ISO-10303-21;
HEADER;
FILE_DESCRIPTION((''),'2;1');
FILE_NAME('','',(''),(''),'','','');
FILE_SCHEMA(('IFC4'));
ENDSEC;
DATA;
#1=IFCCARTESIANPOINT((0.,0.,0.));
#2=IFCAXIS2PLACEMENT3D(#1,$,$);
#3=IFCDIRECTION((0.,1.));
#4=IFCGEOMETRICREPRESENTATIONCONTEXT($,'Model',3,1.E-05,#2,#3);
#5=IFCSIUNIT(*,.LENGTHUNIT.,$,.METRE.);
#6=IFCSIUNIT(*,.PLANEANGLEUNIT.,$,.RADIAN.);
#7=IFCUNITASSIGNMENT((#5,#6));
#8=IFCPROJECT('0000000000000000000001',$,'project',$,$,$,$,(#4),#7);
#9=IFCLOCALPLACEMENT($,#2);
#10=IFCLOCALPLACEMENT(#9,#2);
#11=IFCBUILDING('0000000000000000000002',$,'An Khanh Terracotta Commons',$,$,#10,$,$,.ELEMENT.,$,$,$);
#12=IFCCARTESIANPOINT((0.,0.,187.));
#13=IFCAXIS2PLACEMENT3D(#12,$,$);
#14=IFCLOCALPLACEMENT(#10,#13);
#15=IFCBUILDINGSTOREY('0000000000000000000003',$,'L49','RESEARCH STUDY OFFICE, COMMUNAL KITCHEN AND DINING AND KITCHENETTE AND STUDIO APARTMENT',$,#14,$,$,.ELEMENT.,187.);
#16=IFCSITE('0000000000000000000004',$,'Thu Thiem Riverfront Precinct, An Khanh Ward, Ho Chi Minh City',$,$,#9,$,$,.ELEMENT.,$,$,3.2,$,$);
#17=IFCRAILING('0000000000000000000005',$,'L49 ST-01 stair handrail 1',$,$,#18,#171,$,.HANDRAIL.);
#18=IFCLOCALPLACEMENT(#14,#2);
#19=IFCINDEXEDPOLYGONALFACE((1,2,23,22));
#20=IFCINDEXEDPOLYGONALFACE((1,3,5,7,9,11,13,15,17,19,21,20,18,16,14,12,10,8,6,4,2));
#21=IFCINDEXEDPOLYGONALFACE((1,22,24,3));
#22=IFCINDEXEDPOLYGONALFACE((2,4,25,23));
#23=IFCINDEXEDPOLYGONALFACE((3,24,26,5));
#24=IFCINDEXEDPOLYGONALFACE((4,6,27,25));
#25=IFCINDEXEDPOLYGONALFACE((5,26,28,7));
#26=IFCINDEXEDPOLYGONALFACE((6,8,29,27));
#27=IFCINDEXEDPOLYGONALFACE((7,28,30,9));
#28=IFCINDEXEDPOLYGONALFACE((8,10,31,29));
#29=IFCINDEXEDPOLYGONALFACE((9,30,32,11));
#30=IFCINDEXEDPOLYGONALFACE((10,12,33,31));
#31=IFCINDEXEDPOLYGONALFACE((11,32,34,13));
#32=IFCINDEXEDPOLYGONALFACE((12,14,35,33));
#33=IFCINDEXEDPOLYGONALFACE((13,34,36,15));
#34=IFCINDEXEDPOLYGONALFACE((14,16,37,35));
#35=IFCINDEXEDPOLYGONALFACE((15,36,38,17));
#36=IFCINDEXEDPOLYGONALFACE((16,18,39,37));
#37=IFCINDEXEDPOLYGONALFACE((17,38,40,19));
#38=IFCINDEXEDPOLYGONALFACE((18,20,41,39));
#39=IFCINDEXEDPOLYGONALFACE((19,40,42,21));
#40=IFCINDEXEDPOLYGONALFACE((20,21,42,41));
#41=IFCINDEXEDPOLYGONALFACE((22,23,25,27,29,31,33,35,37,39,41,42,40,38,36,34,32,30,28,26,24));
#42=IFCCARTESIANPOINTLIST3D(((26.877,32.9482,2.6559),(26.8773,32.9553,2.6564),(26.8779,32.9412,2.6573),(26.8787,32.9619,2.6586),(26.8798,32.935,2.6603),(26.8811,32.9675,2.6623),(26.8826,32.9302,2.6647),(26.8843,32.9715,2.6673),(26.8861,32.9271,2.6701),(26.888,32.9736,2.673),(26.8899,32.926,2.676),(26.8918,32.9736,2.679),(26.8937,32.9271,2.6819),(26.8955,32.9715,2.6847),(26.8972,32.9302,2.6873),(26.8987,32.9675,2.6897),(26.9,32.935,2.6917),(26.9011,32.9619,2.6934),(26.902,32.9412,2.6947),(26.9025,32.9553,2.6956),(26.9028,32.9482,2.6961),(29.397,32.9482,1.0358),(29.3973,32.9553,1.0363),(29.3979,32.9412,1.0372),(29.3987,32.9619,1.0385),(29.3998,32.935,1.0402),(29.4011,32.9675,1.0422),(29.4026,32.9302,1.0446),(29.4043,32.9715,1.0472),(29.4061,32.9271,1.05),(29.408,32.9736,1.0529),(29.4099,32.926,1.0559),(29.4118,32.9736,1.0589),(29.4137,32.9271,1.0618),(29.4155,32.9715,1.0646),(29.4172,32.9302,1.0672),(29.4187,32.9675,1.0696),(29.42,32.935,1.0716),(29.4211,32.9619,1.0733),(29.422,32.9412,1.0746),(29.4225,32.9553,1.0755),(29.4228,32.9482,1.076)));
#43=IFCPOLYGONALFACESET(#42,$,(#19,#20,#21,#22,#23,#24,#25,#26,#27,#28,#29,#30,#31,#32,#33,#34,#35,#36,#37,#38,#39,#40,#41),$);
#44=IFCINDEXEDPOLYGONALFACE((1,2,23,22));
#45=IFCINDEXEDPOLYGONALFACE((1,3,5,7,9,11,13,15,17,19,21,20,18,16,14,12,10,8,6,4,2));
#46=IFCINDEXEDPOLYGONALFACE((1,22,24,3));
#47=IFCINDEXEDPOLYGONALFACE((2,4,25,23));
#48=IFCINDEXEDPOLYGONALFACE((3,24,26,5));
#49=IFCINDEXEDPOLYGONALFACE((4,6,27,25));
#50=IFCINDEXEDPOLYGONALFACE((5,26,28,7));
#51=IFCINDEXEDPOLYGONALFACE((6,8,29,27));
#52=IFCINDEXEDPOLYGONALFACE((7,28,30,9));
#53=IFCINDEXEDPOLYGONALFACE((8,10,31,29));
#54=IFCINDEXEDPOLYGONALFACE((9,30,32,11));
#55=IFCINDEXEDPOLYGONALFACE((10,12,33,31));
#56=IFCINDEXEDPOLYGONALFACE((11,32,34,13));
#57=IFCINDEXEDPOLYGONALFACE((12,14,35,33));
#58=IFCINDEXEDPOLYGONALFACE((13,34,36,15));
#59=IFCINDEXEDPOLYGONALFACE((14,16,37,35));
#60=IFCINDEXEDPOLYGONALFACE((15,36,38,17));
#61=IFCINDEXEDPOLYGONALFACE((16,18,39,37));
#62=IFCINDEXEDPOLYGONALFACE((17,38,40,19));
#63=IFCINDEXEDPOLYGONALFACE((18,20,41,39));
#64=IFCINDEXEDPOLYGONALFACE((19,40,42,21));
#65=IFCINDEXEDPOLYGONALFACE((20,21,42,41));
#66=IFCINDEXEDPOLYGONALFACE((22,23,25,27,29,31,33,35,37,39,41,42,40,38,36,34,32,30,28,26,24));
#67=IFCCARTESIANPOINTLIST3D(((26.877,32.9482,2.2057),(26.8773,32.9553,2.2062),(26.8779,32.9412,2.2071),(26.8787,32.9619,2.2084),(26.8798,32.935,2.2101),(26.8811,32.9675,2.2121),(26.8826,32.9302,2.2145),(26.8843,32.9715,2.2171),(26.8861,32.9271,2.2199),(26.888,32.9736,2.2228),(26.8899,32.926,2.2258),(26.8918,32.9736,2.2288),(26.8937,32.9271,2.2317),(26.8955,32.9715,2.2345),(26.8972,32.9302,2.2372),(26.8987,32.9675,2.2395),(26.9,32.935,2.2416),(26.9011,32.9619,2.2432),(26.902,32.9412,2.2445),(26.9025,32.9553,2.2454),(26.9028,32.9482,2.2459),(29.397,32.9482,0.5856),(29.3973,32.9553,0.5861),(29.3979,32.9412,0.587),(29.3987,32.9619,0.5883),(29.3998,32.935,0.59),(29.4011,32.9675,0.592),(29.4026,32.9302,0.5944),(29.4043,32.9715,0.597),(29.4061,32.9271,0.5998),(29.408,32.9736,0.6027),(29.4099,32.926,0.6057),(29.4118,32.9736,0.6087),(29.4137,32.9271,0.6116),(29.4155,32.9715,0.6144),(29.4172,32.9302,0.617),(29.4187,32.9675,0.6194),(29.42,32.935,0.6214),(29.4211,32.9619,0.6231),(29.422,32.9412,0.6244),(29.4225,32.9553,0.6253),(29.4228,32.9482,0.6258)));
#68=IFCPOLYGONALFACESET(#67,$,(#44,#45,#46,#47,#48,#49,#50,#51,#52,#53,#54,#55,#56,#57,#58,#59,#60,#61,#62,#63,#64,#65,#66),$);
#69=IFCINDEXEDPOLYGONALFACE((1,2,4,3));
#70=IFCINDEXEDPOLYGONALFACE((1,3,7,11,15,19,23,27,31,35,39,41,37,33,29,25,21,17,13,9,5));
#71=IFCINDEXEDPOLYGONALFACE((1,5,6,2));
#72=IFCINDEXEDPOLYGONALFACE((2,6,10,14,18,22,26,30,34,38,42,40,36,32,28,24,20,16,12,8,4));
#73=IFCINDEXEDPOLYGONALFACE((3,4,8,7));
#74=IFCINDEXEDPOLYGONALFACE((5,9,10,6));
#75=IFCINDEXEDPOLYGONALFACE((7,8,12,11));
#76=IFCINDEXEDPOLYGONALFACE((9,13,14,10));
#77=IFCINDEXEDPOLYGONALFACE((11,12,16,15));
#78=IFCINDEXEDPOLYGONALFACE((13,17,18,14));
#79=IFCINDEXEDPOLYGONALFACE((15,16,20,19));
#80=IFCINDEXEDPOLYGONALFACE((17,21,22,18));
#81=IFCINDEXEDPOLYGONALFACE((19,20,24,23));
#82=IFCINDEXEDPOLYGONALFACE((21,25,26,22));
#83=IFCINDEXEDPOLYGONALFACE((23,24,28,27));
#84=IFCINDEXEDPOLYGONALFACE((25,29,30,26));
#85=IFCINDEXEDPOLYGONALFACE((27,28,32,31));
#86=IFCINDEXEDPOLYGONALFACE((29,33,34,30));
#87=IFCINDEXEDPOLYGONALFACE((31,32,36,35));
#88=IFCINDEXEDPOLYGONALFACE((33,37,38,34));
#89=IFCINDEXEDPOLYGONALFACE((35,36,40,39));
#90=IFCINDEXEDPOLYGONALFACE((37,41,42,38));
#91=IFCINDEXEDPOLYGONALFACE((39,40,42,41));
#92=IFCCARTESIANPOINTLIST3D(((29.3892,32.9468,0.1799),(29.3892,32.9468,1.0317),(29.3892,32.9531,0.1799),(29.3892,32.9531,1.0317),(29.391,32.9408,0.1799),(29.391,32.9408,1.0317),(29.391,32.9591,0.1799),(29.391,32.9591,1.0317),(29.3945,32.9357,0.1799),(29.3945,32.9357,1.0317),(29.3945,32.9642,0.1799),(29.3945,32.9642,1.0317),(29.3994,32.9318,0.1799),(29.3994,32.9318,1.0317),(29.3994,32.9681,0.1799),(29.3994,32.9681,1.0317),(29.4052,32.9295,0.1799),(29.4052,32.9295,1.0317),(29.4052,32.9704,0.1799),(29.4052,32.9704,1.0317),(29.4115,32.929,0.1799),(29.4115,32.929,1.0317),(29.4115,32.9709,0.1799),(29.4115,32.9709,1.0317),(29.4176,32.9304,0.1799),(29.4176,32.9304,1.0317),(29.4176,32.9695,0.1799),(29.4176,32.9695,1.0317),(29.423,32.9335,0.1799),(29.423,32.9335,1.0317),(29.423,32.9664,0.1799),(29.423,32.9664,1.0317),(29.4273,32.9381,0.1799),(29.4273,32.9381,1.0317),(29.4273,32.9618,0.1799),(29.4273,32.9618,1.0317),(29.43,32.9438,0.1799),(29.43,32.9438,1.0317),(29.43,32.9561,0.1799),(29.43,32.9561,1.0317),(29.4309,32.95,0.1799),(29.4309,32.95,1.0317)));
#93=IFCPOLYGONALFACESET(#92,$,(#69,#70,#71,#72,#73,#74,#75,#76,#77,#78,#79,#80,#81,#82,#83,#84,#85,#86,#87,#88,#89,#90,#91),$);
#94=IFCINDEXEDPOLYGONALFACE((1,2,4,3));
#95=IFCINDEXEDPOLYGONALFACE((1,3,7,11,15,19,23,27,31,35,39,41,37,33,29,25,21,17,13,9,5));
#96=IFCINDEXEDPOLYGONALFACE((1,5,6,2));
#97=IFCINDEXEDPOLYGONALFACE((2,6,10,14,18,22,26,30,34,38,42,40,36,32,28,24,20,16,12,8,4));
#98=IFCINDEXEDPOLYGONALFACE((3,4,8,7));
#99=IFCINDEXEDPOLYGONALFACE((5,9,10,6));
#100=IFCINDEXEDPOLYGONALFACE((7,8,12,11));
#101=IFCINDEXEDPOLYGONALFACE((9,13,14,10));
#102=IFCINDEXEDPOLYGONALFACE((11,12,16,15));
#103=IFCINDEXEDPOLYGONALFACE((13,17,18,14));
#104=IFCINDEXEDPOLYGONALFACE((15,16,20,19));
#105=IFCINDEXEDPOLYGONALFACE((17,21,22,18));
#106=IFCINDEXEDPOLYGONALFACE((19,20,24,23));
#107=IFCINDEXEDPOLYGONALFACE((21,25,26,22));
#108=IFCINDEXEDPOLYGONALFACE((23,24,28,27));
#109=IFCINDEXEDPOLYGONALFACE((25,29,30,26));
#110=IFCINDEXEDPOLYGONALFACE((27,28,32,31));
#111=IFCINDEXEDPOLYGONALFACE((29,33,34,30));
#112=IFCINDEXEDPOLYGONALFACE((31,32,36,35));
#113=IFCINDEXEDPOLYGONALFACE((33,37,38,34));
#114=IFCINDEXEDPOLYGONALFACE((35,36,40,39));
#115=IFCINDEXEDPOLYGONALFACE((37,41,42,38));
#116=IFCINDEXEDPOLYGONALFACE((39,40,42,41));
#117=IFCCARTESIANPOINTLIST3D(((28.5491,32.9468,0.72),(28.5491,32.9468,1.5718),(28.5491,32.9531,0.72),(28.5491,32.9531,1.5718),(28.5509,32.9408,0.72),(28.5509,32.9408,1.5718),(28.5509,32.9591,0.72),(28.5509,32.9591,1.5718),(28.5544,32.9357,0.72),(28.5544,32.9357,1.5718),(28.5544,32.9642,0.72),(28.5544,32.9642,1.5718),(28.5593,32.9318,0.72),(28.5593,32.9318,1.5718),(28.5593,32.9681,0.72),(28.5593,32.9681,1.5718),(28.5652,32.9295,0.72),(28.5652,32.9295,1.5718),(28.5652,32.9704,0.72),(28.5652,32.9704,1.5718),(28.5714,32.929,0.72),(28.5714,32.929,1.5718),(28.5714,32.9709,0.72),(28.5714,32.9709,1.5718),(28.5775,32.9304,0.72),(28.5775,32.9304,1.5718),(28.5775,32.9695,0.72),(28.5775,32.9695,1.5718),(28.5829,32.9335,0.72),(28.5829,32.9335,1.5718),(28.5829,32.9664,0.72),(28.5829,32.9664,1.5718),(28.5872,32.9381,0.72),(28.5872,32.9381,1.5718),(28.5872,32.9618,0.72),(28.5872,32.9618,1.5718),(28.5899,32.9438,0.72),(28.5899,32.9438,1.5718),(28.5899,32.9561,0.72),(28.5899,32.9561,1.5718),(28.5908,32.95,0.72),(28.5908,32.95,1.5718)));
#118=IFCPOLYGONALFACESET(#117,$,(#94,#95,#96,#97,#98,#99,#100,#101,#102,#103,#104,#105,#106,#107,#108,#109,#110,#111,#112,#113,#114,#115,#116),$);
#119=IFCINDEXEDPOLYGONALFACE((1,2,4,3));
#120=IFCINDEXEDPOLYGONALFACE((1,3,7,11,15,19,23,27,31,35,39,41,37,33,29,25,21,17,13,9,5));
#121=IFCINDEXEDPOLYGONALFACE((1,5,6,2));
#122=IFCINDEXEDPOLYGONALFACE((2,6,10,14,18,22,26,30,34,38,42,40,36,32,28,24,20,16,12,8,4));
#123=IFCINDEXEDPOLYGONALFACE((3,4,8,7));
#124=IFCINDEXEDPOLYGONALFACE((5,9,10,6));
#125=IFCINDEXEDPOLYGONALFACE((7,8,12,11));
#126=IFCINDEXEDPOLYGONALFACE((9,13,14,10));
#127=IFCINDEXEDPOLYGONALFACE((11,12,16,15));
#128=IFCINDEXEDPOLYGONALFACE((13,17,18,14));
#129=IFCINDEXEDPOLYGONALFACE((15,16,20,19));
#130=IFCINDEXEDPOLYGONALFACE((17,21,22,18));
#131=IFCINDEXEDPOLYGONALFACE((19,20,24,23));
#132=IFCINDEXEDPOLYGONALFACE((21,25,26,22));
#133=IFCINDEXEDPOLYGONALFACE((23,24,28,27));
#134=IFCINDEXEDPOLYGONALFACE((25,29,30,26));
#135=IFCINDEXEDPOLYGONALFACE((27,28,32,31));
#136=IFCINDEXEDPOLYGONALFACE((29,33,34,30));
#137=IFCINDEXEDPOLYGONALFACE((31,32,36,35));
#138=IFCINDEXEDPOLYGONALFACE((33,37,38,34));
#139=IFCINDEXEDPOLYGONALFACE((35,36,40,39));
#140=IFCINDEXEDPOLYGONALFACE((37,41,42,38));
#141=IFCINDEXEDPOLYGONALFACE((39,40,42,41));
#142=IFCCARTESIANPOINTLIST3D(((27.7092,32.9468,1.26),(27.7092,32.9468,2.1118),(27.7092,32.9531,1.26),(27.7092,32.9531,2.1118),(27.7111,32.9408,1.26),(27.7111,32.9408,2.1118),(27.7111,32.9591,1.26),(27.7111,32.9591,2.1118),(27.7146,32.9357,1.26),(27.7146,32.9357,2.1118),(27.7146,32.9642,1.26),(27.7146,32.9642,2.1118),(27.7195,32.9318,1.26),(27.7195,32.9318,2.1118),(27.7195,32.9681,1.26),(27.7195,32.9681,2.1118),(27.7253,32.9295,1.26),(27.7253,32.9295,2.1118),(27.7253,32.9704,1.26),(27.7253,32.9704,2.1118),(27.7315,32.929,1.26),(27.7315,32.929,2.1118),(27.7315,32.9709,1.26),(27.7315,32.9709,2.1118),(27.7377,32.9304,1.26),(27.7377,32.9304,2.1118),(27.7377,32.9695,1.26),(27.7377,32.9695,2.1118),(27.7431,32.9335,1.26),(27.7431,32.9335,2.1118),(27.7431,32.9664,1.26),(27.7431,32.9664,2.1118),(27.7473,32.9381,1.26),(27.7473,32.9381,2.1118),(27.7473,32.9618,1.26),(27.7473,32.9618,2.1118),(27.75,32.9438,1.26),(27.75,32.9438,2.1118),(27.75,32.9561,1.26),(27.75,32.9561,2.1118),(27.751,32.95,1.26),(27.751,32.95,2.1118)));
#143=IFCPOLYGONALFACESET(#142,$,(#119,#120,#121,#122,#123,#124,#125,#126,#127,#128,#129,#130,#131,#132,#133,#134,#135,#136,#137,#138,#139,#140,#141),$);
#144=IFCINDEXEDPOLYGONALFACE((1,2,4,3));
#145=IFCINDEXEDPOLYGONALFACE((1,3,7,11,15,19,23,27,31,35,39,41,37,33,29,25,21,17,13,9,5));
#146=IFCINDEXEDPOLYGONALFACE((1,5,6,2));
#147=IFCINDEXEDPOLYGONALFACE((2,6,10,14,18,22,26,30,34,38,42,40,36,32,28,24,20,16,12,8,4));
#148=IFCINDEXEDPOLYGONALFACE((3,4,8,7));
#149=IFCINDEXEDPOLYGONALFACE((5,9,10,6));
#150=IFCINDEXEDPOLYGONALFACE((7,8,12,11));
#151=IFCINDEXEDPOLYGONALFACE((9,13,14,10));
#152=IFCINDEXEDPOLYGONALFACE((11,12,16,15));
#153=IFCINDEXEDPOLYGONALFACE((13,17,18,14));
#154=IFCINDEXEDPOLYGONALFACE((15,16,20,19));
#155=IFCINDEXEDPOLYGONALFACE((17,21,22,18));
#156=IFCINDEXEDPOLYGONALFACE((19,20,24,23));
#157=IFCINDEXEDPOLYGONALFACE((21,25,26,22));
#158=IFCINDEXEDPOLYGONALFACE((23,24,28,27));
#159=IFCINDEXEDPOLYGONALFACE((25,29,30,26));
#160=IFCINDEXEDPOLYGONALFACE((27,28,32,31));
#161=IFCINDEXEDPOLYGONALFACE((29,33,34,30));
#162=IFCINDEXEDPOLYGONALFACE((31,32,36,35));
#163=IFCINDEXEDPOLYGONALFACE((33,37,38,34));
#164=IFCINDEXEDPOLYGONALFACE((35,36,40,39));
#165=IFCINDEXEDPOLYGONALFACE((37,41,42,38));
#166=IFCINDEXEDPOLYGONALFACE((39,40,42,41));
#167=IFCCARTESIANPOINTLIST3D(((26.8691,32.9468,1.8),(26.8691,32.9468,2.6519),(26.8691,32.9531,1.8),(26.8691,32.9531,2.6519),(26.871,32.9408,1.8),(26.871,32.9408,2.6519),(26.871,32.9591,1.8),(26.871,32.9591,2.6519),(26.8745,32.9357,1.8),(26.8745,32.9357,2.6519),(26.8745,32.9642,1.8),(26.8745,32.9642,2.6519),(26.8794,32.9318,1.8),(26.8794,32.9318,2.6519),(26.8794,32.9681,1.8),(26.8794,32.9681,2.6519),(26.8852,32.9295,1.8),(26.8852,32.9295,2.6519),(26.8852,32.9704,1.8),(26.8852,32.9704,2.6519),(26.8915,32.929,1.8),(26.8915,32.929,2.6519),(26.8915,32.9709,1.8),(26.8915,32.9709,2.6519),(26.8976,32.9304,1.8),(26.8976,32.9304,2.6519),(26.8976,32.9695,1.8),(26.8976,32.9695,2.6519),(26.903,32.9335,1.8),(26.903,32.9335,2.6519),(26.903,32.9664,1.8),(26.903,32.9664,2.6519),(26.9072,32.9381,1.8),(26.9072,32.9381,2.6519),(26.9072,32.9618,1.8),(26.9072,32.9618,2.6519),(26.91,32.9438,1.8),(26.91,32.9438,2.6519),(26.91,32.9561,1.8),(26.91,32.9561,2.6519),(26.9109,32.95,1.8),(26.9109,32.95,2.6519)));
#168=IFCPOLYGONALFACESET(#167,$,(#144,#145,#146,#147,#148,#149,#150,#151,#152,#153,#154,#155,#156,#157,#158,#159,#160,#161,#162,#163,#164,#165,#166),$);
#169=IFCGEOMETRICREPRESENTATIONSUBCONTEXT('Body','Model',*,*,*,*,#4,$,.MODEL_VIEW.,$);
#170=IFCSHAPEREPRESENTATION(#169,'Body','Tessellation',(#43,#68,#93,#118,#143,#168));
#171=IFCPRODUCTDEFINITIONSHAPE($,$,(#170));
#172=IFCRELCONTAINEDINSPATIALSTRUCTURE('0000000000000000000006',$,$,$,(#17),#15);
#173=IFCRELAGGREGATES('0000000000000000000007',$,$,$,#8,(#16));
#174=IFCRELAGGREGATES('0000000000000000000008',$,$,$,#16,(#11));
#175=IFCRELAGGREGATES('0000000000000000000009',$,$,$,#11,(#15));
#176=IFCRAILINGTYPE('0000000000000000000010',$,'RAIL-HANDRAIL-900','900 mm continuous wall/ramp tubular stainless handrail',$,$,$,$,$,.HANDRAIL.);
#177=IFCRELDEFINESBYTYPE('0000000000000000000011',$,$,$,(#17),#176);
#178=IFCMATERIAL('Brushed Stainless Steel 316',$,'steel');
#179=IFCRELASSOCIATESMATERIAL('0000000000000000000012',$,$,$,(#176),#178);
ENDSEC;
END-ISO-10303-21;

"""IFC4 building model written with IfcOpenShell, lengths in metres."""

from ifc_helpers import new_model, si_unit, direction, frame, origin, origin_2d, place, context, subcontext, project, spatial, circle, extrude, material, type_object, element, save


model = new_model("IFC4")

# Units and contexts
model_context = context("Model", 3, precision=1e-05, world=origin(), true_north=direction((0.0, 1.0)))
body_context = subcontext(model_context, "Body", "Model", "MODEL_VIEW")
ifc_project = project(units=[si_unit("LENGTHUNIT", "METRE"), si_unit("PLANEANGLEUNIT", "RADIAN")], contexts=[model_context])

# Site, building, storey
site_placement = place(None, origin())
site = spatial("IfcSite", under=ifc_project, at=site_placement, Name="Thu Thiem Riverfront Precinct, An Khanh Ward, Ho Chi Minh City", CompositionType="ELEMENT", RefElevation=3.2)
building_placement = place(site_placement, origin())
building = spatial("IfcBuilding", under=site, at=building_placement, Name="An Khanh Terracotta Commons", CompositionType="ELEMENT")
storey_placement = place(building_placement, frame((0.0, 0.0, 187.0)))
storey = spatial("IfcBuildingStorey", under=building, at=storey_placement, Name="L49", Description="RESEARCH STUDY OFFICE, COMMUNAL KITCHEN AND DINING AND KITCHENETTE AND STUDIO APARTMENT", CompositionType="ELEMENT", Elevation=187.0)

# Railing
ifc_material_1 = material(Name="Brushed Stainless Steel 316", Category="steel")
railing_type_1 = type_object("IfcRailingType", Name="RAIL-HANDRAIL-900", Description="900 mm continuous wall/ramp tubular stainless handrail", PredefinedType="HANDRAIL", material=ifc_material_1)
railing_1_placement = place(storey_placement, frame((29.4099, 32.95, 0.1799)))
element("IfcRailing", 1, at=railing_1_placement, inside=storey, type_object=railing_type_1, Name="L49 ST-01 stair handrail 1", PredefinedType="HANDRAIL", context=body_context, shape_type="SweptSolid", body=[
    extrude(circle(Radius=0.0239, at=origin_2d()), frame((0.0, 0.0, 0.876), z_axis=(-0.841163, 0.0, 0.540782), x_axis=(0.0, -1.0, 0.0)), (0.0, 0.0, 1.0), 2.9958),
    extrude(circle(Radius=0.0239, at=origin_2d()), frame((0.0, 0.0, 0.4258), z_axis=(-0.841163, 0.0, 0.540782), x_axis=(0.0, -1.0, 0.0)), (0.0, 0.0, 1.0), 2.9958),
    extrude(circle(Radius=0.021, at=origin_2d()), origin(), (0.0, 0.0, 1.0), 0.8518),
    extrude(circle(Radius=0.021, at=origin_2d()), frame((-0.8401, 0.0, 0.54)), (0.0, 0.0, 1.0), 0.8518),
    extrude(circle(Radius=0.021, at=origin_2d()), frame((-1.6799, 0.0, 1.0801)), (0.0, 0.0, 1.0), 0.8518),
    extrude(circle(Radius=0.021, at=origin_2d()), frame((-2.52, 0.0, 1.6201)), (0.0, 0.0, 1.0), 0.8518),
])

save(model, "model.ifc")
